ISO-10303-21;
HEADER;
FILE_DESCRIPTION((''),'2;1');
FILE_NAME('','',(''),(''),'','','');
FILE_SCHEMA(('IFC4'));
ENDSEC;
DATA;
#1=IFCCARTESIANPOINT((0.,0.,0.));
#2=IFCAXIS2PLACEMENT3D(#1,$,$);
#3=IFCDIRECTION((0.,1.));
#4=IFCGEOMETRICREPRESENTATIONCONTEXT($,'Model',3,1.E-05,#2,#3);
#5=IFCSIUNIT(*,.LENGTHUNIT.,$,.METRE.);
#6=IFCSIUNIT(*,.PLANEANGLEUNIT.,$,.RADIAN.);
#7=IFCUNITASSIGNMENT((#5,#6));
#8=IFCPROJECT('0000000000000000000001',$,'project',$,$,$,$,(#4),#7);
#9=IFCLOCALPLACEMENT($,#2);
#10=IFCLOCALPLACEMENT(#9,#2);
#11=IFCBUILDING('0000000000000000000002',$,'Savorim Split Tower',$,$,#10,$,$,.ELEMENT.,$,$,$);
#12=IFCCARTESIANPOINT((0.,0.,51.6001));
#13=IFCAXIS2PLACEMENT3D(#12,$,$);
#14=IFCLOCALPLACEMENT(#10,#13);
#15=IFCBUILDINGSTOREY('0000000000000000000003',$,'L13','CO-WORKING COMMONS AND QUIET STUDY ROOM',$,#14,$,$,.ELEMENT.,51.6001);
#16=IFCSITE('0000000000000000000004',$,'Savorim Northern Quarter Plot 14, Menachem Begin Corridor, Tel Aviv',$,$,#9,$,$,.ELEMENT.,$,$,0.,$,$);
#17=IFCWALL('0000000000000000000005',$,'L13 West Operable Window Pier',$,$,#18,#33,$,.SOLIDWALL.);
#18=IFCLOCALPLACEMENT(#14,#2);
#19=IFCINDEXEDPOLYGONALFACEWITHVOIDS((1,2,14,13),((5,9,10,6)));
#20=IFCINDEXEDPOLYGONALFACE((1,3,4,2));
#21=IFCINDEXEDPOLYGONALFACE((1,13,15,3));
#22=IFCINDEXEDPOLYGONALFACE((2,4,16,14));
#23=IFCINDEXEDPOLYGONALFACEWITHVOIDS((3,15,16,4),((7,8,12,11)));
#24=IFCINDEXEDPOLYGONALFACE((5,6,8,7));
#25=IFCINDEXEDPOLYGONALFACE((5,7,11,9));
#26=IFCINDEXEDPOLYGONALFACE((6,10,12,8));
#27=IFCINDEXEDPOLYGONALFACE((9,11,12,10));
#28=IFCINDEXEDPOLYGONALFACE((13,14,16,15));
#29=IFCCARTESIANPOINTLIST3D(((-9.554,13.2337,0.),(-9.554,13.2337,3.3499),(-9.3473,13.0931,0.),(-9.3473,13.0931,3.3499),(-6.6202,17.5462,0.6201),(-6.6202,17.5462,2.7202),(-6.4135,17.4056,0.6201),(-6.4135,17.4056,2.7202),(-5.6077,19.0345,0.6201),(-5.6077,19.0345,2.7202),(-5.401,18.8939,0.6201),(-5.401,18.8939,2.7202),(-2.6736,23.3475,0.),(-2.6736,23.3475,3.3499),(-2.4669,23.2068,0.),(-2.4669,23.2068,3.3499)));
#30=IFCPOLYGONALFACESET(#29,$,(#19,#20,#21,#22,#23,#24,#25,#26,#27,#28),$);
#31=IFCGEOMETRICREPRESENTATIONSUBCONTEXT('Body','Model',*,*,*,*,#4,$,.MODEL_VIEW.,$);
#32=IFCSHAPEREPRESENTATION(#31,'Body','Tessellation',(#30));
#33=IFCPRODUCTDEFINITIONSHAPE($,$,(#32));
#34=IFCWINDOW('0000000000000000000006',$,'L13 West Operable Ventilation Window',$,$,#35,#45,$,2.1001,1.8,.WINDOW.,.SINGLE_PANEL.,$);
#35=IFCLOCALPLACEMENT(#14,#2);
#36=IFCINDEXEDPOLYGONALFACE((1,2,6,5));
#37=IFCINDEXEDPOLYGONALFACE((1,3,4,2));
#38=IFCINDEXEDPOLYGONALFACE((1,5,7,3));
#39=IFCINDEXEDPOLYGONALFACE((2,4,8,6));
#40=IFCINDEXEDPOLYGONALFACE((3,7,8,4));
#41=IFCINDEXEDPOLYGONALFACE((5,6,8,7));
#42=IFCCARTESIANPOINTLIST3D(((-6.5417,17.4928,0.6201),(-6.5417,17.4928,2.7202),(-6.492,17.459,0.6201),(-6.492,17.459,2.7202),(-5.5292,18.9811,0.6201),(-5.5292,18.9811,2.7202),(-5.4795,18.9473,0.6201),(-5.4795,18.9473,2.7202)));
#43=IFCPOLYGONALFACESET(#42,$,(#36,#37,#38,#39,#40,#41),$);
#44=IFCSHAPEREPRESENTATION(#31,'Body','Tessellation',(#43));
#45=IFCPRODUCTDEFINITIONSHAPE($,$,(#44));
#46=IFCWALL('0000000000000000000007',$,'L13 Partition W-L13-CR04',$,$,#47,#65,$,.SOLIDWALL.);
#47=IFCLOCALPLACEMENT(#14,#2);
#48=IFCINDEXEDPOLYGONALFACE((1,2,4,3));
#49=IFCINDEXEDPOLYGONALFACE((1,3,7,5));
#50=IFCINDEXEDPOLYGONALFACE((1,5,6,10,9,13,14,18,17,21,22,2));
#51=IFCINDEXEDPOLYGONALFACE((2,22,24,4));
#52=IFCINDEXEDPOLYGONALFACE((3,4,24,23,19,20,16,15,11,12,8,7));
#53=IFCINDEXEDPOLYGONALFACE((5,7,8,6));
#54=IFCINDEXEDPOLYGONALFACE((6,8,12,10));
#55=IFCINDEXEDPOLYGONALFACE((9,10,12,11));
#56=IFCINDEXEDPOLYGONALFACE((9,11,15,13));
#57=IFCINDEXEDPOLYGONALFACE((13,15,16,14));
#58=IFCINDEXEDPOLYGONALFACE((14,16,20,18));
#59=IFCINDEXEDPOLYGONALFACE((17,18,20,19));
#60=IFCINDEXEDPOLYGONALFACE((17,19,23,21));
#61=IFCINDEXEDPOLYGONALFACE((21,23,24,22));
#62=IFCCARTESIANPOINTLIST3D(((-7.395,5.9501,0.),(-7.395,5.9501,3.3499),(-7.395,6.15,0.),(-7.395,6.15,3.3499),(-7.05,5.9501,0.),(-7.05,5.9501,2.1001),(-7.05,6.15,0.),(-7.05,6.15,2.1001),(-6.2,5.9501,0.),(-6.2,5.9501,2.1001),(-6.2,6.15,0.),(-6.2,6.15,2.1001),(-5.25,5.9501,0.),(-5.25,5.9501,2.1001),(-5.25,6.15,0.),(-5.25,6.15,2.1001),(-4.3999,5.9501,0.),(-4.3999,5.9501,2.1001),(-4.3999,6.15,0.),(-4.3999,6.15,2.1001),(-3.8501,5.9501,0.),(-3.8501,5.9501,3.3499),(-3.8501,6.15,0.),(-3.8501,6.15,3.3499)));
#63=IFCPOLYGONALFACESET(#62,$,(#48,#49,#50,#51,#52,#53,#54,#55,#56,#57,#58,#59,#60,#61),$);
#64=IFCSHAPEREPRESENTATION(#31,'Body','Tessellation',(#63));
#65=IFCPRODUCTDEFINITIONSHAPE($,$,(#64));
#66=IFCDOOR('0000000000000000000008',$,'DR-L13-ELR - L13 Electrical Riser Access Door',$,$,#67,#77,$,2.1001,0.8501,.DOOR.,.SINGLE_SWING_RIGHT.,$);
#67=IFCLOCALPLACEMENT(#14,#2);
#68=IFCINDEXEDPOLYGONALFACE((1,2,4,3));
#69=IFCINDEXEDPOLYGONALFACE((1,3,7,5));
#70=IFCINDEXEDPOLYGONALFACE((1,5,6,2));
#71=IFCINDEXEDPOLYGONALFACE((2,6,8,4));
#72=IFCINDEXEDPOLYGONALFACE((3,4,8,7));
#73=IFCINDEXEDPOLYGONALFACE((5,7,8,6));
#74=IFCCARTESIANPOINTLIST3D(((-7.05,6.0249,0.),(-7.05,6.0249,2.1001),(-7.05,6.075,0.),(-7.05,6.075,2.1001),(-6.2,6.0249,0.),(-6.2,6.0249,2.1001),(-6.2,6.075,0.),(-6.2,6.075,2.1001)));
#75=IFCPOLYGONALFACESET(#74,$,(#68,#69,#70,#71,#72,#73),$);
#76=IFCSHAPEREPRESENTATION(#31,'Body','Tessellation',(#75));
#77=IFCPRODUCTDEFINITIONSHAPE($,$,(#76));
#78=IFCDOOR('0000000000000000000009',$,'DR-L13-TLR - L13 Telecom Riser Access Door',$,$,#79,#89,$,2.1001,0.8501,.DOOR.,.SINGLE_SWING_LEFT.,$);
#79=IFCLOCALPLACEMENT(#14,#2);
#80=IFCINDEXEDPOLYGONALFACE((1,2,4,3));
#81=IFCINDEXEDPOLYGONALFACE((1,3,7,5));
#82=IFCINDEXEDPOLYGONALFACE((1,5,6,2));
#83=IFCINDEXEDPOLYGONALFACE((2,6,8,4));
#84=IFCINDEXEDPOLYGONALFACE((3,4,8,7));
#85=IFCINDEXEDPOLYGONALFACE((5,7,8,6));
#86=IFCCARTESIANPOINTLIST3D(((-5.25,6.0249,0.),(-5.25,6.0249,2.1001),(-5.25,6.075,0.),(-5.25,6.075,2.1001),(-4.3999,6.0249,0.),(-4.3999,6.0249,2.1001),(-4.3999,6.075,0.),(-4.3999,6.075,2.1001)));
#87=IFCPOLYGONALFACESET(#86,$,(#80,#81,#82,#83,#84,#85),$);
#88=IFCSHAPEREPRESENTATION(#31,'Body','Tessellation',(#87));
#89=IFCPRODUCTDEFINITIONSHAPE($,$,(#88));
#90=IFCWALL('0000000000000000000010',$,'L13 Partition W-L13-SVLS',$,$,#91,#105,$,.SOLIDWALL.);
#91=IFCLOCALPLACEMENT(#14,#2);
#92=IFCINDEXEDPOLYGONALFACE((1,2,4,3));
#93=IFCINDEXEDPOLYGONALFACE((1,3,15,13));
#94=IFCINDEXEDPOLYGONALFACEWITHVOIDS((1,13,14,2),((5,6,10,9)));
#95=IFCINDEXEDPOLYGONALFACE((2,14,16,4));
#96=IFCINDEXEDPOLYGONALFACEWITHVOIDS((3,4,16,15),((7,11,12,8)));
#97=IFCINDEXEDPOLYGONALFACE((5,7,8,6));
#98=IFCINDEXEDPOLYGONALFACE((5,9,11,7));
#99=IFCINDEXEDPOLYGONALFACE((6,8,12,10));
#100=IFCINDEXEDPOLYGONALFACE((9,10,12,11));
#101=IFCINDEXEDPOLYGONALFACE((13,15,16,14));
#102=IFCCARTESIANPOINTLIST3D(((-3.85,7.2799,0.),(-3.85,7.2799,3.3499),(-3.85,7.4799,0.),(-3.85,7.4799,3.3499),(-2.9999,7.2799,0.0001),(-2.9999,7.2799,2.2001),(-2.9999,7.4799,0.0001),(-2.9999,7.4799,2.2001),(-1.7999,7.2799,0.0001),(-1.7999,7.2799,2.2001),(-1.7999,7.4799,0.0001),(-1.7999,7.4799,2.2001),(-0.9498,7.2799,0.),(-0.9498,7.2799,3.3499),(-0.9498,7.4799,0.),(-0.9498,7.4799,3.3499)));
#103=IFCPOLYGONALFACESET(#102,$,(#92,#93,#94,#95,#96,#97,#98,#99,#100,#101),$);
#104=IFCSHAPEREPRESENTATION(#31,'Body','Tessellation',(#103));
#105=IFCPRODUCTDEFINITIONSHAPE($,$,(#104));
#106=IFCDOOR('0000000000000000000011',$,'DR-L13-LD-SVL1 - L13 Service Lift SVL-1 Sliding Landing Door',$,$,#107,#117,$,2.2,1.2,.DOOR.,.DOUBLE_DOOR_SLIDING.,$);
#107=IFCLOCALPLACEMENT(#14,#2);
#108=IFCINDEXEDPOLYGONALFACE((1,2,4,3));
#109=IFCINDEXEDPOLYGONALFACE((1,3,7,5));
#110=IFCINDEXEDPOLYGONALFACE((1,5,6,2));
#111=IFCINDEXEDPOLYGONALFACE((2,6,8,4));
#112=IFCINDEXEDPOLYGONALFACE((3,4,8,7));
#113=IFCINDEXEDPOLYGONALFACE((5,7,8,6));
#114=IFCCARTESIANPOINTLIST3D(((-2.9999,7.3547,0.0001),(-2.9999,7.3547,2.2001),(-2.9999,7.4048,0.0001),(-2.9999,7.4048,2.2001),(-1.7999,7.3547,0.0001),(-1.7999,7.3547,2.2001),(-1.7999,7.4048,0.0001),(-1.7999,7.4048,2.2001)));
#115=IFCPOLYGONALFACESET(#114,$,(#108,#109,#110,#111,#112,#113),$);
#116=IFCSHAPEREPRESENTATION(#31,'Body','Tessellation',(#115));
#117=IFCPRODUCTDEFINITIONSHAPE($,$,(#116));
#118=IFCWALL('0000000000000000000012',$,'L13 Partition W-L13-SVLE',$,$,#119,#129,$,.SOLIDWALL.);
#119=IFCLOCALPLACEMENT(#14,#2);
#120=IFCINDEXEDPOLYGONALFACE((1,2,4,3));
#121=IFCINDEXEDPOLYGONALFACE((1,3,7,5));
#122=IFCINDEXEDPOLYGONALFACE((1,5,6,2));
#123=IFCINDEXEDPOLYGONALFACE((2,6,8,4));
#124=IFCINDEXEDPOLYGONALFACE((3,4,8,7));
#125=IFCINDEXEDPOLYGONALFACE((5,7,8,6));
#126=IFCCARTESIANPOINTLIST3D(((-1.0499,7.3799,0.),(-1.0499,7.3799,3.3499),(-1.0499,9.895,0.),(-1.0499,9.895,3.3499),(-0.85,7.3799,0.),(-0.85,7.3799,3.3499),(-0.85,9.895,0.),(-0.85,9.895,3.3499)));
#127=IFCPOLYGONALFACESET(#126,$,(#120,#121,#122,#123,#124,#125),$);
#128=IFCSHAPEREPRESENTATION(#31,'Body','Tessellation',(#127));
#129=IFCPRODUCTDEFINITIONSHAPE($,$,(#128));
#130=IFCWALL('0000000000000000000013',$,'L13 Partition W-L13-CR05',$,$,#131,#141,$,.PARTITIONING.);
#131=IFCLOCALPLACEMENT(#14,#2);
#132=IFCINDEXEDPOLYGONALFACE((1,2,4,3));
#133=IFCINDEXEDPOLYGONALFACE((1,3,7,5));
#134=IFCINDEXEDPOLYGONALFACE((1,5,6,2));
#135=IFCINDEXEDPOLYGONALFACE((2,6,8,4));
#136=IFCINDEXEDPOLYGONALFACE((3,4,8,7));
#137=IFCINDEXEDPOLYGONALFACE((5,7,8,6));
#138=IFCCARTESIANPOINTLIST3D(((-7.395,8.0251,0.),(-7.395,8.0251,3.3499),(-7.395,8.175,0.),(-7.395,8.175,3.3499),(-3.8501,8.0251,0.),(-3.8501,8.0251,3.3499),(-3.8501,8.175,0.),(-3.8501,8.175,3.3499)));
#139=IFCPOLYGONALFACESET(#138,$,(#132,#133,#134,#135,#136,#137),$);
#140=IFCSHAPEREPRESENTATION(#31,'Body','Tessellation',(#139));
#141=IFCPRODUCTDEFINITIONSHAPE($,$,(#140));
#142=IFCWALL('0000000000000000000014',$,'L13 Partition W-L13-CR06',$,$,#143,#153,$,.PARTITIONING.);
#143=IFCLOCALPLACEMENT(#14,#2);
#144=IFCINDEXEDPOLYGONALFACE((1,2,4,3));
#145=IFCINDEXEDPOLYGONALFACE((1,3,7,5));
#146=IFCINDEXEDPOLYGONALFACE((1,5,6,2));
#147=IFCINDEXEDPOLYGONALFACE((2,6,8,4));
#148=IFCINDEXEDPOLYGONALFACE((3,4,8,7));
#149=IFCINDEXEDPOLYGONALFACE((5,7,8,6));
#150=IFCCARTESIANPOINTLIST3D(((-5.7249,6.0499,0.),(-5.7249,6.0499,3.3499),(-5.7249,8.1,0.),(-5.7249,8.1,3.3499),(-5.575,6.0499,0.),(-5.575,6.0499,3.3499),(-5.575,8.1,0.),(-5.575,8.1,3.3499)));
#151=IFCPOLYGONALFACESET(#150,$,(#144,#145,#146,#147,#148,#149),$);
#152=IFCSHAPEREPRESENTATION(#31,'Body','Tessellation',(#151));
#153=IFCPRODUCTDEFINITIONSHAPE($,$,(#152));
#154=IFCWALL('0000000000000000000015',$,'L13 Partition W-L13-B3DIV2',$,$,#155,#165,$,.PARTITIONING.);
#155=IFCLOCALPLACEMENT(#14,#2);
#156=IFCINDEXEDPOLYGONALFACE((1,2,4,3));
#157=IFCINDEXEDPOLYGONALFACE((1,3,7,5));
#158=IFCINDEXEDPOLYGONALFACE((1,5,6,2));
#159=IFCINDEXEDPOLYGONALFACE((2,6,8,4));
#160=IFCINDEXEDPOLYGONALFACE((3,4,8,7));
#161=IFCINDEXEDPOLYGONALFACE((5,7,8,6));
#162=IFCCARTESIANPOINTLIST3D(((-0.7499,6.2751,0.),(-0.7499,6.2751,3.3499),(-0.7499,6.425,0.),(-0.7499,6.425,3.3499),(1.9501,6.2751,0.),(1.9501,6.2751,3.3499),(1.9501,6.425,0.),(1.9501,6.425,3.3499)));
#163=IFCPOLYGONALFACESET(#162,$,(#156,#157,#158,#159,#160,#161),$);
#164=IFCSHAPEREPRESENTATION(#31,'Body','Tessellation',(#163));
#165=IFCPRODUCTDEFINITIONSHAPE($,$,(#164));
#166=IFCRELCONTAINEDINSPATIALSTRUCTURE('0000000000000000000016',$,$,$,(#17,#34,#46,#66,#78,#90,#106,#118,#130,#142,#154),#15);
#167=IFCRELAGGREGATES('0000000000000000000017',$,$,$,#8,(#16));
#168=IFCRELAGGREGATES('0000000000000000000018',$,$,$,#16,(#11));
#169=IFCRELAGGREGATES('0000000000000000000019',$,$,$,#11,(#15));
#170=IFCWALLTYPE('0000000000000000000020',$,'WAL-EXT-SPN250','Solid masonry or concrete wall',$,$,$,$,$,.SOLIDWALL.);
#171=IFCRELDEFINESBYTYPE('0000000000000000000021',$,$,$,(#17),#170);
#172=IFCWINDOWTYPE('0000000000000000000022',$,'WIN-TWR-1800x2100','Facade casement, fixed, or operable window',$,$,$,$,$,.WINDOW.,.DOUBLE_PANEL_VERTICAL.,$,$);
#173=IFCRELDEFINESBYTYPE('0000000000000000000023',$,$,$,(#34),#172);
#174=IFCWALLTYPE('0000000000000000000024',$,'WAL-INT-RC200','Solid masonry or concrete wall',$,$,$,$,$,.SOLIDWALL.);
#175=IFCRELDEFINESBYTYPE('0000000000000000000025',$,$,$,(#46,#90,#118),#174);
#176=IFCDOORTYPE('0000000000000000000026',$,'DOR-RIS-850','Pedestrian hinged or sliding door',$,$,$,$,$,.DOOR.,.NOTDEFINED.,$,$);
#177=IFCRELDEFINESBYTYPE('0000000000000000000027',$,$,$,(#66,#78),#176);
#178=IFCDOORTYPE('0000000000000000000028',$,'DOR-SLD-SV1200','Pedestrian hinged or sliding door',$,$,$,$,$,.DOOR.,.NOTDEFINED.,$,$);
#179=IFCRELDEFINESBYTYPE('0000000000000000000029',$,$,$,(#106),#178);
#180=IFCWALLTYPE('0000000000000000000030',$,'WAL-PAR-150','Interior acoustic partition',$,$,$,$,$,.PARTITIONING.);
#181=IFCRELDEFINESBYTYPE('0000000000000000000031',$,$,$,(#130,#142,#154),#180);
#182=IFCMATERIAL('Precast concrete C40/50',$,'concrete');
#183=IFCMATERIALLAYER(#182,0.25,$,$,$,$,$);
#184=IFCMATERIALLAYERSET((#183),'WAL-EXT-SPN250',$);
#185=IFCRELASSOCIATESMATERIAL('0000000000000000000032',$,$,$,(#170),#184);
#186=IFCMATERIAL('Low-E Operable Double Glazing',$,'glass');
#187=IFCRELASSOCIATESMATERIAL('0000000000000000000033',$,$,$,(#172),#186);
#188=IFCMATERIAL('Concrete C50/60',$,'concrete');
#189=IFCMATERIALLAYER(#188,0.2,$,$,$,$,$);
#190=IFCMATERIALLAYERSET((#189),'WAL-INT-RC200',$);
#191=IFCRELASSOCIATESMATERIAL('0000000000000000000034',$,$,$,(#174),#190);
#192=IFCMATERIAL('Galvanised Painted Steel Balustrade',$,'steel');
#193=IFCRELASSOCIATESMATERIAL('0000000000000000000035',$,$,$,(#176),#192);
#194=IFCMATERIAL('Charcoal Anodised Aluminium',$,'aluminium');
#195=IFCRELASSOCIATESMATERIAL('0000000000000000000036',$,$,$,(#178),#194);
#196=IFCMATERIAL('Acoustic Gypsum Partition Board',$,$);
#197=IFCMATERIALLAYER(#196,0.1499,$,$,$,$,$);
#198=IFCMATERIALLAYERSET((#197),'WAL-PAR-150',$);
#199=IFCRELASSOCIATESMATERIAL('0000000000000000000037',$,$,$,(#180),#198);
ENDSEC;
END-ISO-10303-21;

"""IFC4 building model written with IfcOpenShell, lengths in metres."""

from ifc_helpers import new_model, si_unit, direction, frame, frame_2d, origin, place, context, subcontext, project, spatial, rectangle, extrude, material, layer, layer_set, type_object, element, fill, save


model = new_model("IFC4")

# Units and contexts
model_context = context("Model", 3, precision=1e-05, world=origin(), true_north=direction((0.0, 1.0)))
body_context = subcontext(model_context, "Body", "Model", "MODEL_VIEW")
ifc_project = project(units=[si_unit("LENGTHUNIT", "METRE"), si_unit("PLANEANGLEUNIT", "RADIAN")], contexts=[model_context])

# Site, building, storey
site_placement = place(None, origin())
site = spatial("IfcSite", under=ifc_project, at=site_placement, Name="Savorim Northern Quarter Plot 14, Menachem Begin Corridor, Tel Aviv", CompositionType="ELEMENT", RefElevation=0.0)
building_placement = place(site_placement, origin())
building = spatial("IfcBuilding", under=site, at=building_placement, Name="Savorim Split Tower", CompositionType="ELEMENT")
storey_placement = place(building_placement, frame((0.0, 0.0, 51.6001)))
storey = spatial("IfcBuildingStorey", under=building, at=storey_placement, Name="L13", Description="CO-WORKING COMMONS AND QUIET STUDY ROOM", CompositionType="ELEMENT", Elevation=51.6001)

# Shared definitions
ifc_material_1 = material(Name="Charcoal Anodised Aluminium", Category="aluminium")

# Shared definitions
ifc_material_2 = material(Name="Precast concrete C40/50", Category="concrete")

# Wall, opening, window
ifc_layer_1 = layer(ifc_material_2, 0.25)
ifc_layer_set_1 = layer_set([ifc_layer_1], Name="WAL-EXT-SPN250")
wall_type_1 = type_object("IfcWallType", Name="WAL-EXT-SPN250", Description="Solid masonry or concrete wall", PredefinedType="SOLIDWALL", material=ifc_layer_set_1)
wall_1_placement = place(storey_placement, frame((-9.4507, 13.1633, 0.0), z_axis=(0.0, 0.0, 1.0), x_axis=(0.562478, 0.826812, 0.0)))
wall_1 = element("IfcWall", 1, at=wall_1_placement, inside=storey, type_object=wall_type_1, Name="L13 West Operable Window Pier", PredefinedType="SOLIDWALL", context=body_context, shape_type="SweptSolid", body=[
    extrude(rectangle(XDim=12.2322, YDim=0.25, at=frame_2d((6.1162, 0.0))), origin(), (0.0, 0.0, 1.0), 3.3499),
])
opening_1_placement = place(wall_1_placement, frame((5.2161, 0.0, 0.6201)))
opening_1 = element("IfcOpeningElement", 2, at=opening_1_placement, cuts=wall_1, PredefinedType="OPENING", context=body_context, shape_type="SweptSolid", body=[
    extrude(rectangle(XDim=1.8, YDim=2.1001, at=frame_2d((0.8999, 1.05))), frame((0.0, 0.135, 0.0), z_axis=(0.0, -1.0, 0.0), x_axis=(1.0, 0.0, 0.0)), (0.0, 0.0, 1.0), 0.27),
])
ifc_material_3 = material(Name="Low-E Operable Double Glazing", Category="glass")
window_type = type_object("IfcWindowType", Name="WIN-TWR-1800x2100", Description="Facade casement, fixed, or operable window", PartitioningType="DOUBLE_PANEL_VERTICAL", PredefinedType="WINDOW", material=ifc_material_3)
window_placement = place(opening_1_placement, origin())
window = element("IfcWindow", 3, at=window_placement, inside=storey, type_object=window_type, Name="L13 West Operable Ventilation Window", OverallHeight=2.1001, OverallWidth=1.8, PartitioningType="SINGLE_PANEL", PredefinedType="WINDOW", context=body_context, shape_type="SweptSolid", body=[
    extrude(rectangle(XDim=1.8, YDim=2.1001, at=frame_2d((0.8999, 1.05))), frame((0.0, 0.03, 0.0), z_axis=(0.0, -1.0, 0.0), x_axis=(1.0, 0.0, 0.0)), (0.0, 0.0, 1.0), 0.0601),
])
fill(opening_1, window)

# Wall, openings, doors
ifc_material_4 = material(Name="Concrete C50/60", Category="concrete")
ifc_layer_2 = layer(ifc_material_4, 0.2)
ifc_layer_set_2 = layer_set([ifc_layer_2], Name="WAL-INT-RC200")
wall_type_2 = type_object("IfcWallType", Name="WAL-INT-RC200", Description="Solid masonry or concrete wall", PredefinedType="SOLIDWALL", material=ifc_layer_set_2)
wall_2_placement = place(storey_placement, frame((-7.395, 6.05, 0.0), z_axis=(0.0, 0.0, 1.0), x_axis=(1.0, 0.0, 0.0)))
wall_2 = element("IfcWall", 4, at=wall_2_placement, inside=storey, type_object=wall_type_2, Name="L13 Partition W-L13-CR04", PredefinedType="SOLIDWALL", context=body_context, shape_type="SweptSolid", body=[
    extrude(rectangle(XDim=3.5449, YDim=0.2, at=frame_2d((1.7725, 0.0))), origin(), (0.0, 0.0, 1.0), 3.3499),
])
opening_2_placement = place(wall_2_placement, frame((0.345, 0.0, 0.0)))
opening_2 = element("IfcOpeningElement", 5, at=opening_2_placement, cuts=wall_2, PredefinedType="OPENING", context=body_context, shape_type="SweptSolid", body=[
    extrude(rectangle(XDim=0.8501, YDim=2.1001, at=frame_2d((0.425, 1.05))), frame((0.0, 0.1099, 0.0), z_axis=(0.0, -1.0, 0.0), x_axis=(1.0, 0.0, 0.0)), (0.0, 0.0, 1.0), 0.22),
])
opening_3_placement = place(wall_2_placement, frame((2.145, 0.0, 0.0)))
opening_3 = element("IfcOpeningElement", 6, at=opening_3_placement, cuts=wall_2, PredefinedType="OPENING", context=body_context, shape_type="SweptSolid", body=[
    extrude(rectangle(XDim=0.8501, YDim=2.1001, at=frame_2d((0.425, 1.05))), frame((0.0, 0.1099, 0.0), z_axis=(0.0, -1.0, 0.0), x_axis=(1.0, 0.0, 0.0)), (0.0, 0.0, 1.0), 0.22),
])
ifc_material_5 = material(Name="Galvanised Painted Steel Balustrade", Category="steel")
door_type_1 = type_object("IfcDoorType", Name="DOR-RIS-850", Description="Pedestrian hinged or sliding door", OperationType="NOTDEFINED", PredefinedType="DOOR", material=ifc_material_5)
door_1_placement = place(opening_2_placement, origin())
door_1 = element("IfcDoor", 7, at=door_1_placement, inside=storey, type_object=door_type_1, Name="DR-L13-ELR - L13 Electrical Riser Access Door", OperationType="SINGLE_SWING_RIGHT", OverallHeight=2.1001, OverallWidth=0.8501, PredefinedType="DOOR", context=body_context, shape_type="SweptSolid", body=[
    extrude(rectangle(XDim=0.8501, YDim=2.1001, at=frame_2d((0.425, 1.05))), frame((0.0, 0.0249, 0.0), z_axis=(0.0, -1.0, 0.0), x_axis=(1.0, 0.0, 0.0)), (0.0, 0.0, 1.0), 0.05),
])
fill(opening_2, door_1)
door_2_placement = place(opening_3_placement, origin())
door_2 = element("IfcDoor", 8, at=door_2_placement, inside=storey, type_object=door_type_1, Name="DR-L13-TLR - L13 Telecom Riser Access Door", OperationType="SINGLE_SWING_LEFT", OverallHeight=2.1001, OverallWidth=0.8501, PredefinedType="DOOR", context=body_context, shape_type="SweptSolid", body=[
    extrude(rectangle(XDim=0.8501, YDim=2.1001, at=frame_2d((0.425, 1.05))), frame((0.0, 0.0249, 0.0), z_axis=(0.0, -1.0, 0.0), x_axis=(1.0, 0.0, 0.0)), (0.0, 0.0, 1.0), 0.05),
])
fill(opening_3, door_2)

# Wall, opening, door
wall_3_placement = place(storey_placement, frame((-3.8501, 7.3799, 0.0), z_axis=(0.0, 0.0, 1.0), x_axis=(1.0, 0.0, 0.0)))
wall_3 = element("IfcWall", 9, at=wall_3_placement, inside=storey, type_object=wall_type_2, Name="L13 Partition W-L13-SVLS", PredefinedType="SOLIDWALL", context=body_context, shape_type="SweptSolid", body=[
    extrude(rectangle(XDim=2.9001, YDim=0.2, at=frame_2d((1.4502, 0.0))), origin(), (0.0, 0.0, 1.0), 3.3499),
])
opening_4_placement = place(wall_3_placement, frame((0.8501, 0.0, 0.0)))
opening_4 = element("IfcOpeningElement", 10, at=opening_4_placement, cuts=wall_3, PredefinedType="OPENING", context=body_context, shape_type="SweptSolid", body=[
    extrude(rectangle(XDim=1.2, YDim=2.2, at=frame_2d((0.6001, 1.1001))), frame((0.0, 0.1099, 0.0), z_axis=(0.0, -1.0, 0.0), x_axis=(1.0, 0.0, 0.0)), (0.0, 0.0, 1.0), 0.22),
])
door_type_2 = type_object("IfcDoorType", Name="DOR-SLD-SV1200", Description="Pedestrian hinged or sliding door", OperationType="NOTDEFINED", PredefinedType="DOOR", material=ifc_material_1)
door_3_placement = place(opening_4_placement, origin())
door_3 = element("IfcDoor", 11, at=door_3_placement, inside=storey, type_object=door_type_2, Name="DR-L13-LD-SVL1 - L13 Service Lift SVL-1 Sliding Landing Door", OperationType="DOUBLE_DOOR_SLIDING", OverallHeight=2.2, OverallWidth=1.2, PredefinedType="DOOR", context=body_context, shape_type="SweptSolid", body=[
    extrude(rectangle(XDim=1.2, YDim=2.2, at=frame_2d((0.6001, 1.1001))), frame((0.0, 0.0249, 0.0), z_axis=(0.0, -1.0, 0.0), x_axis=(1.0, 0.0, 0.0)), (0.0, 0.0, 1.0), 0.05),
])
fill(opening_4, door_3)

# Walls
wall_4_placement = place(storey_placement, frame((-0.95, 7.3799, 0.0), z_axis=(0.0, 0.0, 1.0), x_axis=(0.0, 1.0, 0.0)))
element("IfcWall", 12, at=wall_4_placement, inside=storey, type_object=wall_type_2, Name="L13 Partition W-L13-SVLE", PredefinedType="SOLIDWALL", context=body_context, shape_type="SweptSolid", body=[
    extrude(rectangle(XDim=2.5151, YDim=0.2, at=frame_2d((1.2576, 0.0))), origin(), (0.0, 0.0, 1.0), 3.3499),
])
ifc_material_6 = material(Name="Acoustic Gypsum Partition Board")
ifc_layer_3 = layer(ifc_material_6, 0.1499)
ifc_layer_set_3 = layer_set([ifc_layer_3], Name="WAL-PAR-150")
wall_type_3 = type_object("IfcWallType", Name="WAL-PAR-150", Description="Interior acoustic partition", PredefinedType="PARTITIONING", material=ifc_layer_set_3)
wall_5_placement = place(storey_placement, frame((-7.395, 8.1001, 0.0), z_axis=(0.0, 0.0, 1.0), x_axis=(1.0, 0.0, 0.0)))
element("IfcWall", 13, at=wall_5_placement, inside=storey, type_object=wall_type_3, Name="L13 Partition W-L13-CR05", PredefinedType="PARTITIONING", context=body_context, shape_type="SweptSolid", body=[
    extrude(rectangle(XDim=3.5449, YDim=0.1499, at=frame_2d((1.7725, 0.0))), origin(), (0.0, 0.0, 1.0), 3.3499),
])
wall_6_placement = place(storey_placement, frame((-5.6499, 6.05, 0.0), z_axis=(0.0, 0.0, 1.0), x_axis=(0.0, 1.0, 0.0)))
element("IfcWall", 14, at=wall_6_placement, inside=storey, type_object=wall_type_3, Name="L13 Partition W-L13-CR06", PredefinedType="PARTITIONING", context=body_context, shape_type="SweptSolid", body=[
    extrude(rectangle(XDim=2.05, YDim=0.1499, at=frame_2d((1.0249, 0.0))), origin(), (0.0, 0.0, 1.0), 3.3499),
])
for number, where, z_axis, x_axis, name in (
    (15, (-0.75, 6.3501, 0.0), (0.0, 0.0, 1.0), (1.0, 0.0, 0.0), "L13 Partition W-L13-B3DIV2"),
):
    element("IfcWall", number, at=place(storey_placement, frame(where, z_axis=z_axis, x_axis=x_axis)), inside=storey, type_object=wall_type_3, Name=name, PredefinedType="PARTITIONING", context=body_context, shape_type="SweptSolid", body=[
        extrude(rectangle(XDim=2.7, YDim=0.1499, at=frame_2d((1.3501, 0.0))), origin(), (0.0, 0.0, 1.0), 3.3499),
    ])

save(model, "model.ifc")
